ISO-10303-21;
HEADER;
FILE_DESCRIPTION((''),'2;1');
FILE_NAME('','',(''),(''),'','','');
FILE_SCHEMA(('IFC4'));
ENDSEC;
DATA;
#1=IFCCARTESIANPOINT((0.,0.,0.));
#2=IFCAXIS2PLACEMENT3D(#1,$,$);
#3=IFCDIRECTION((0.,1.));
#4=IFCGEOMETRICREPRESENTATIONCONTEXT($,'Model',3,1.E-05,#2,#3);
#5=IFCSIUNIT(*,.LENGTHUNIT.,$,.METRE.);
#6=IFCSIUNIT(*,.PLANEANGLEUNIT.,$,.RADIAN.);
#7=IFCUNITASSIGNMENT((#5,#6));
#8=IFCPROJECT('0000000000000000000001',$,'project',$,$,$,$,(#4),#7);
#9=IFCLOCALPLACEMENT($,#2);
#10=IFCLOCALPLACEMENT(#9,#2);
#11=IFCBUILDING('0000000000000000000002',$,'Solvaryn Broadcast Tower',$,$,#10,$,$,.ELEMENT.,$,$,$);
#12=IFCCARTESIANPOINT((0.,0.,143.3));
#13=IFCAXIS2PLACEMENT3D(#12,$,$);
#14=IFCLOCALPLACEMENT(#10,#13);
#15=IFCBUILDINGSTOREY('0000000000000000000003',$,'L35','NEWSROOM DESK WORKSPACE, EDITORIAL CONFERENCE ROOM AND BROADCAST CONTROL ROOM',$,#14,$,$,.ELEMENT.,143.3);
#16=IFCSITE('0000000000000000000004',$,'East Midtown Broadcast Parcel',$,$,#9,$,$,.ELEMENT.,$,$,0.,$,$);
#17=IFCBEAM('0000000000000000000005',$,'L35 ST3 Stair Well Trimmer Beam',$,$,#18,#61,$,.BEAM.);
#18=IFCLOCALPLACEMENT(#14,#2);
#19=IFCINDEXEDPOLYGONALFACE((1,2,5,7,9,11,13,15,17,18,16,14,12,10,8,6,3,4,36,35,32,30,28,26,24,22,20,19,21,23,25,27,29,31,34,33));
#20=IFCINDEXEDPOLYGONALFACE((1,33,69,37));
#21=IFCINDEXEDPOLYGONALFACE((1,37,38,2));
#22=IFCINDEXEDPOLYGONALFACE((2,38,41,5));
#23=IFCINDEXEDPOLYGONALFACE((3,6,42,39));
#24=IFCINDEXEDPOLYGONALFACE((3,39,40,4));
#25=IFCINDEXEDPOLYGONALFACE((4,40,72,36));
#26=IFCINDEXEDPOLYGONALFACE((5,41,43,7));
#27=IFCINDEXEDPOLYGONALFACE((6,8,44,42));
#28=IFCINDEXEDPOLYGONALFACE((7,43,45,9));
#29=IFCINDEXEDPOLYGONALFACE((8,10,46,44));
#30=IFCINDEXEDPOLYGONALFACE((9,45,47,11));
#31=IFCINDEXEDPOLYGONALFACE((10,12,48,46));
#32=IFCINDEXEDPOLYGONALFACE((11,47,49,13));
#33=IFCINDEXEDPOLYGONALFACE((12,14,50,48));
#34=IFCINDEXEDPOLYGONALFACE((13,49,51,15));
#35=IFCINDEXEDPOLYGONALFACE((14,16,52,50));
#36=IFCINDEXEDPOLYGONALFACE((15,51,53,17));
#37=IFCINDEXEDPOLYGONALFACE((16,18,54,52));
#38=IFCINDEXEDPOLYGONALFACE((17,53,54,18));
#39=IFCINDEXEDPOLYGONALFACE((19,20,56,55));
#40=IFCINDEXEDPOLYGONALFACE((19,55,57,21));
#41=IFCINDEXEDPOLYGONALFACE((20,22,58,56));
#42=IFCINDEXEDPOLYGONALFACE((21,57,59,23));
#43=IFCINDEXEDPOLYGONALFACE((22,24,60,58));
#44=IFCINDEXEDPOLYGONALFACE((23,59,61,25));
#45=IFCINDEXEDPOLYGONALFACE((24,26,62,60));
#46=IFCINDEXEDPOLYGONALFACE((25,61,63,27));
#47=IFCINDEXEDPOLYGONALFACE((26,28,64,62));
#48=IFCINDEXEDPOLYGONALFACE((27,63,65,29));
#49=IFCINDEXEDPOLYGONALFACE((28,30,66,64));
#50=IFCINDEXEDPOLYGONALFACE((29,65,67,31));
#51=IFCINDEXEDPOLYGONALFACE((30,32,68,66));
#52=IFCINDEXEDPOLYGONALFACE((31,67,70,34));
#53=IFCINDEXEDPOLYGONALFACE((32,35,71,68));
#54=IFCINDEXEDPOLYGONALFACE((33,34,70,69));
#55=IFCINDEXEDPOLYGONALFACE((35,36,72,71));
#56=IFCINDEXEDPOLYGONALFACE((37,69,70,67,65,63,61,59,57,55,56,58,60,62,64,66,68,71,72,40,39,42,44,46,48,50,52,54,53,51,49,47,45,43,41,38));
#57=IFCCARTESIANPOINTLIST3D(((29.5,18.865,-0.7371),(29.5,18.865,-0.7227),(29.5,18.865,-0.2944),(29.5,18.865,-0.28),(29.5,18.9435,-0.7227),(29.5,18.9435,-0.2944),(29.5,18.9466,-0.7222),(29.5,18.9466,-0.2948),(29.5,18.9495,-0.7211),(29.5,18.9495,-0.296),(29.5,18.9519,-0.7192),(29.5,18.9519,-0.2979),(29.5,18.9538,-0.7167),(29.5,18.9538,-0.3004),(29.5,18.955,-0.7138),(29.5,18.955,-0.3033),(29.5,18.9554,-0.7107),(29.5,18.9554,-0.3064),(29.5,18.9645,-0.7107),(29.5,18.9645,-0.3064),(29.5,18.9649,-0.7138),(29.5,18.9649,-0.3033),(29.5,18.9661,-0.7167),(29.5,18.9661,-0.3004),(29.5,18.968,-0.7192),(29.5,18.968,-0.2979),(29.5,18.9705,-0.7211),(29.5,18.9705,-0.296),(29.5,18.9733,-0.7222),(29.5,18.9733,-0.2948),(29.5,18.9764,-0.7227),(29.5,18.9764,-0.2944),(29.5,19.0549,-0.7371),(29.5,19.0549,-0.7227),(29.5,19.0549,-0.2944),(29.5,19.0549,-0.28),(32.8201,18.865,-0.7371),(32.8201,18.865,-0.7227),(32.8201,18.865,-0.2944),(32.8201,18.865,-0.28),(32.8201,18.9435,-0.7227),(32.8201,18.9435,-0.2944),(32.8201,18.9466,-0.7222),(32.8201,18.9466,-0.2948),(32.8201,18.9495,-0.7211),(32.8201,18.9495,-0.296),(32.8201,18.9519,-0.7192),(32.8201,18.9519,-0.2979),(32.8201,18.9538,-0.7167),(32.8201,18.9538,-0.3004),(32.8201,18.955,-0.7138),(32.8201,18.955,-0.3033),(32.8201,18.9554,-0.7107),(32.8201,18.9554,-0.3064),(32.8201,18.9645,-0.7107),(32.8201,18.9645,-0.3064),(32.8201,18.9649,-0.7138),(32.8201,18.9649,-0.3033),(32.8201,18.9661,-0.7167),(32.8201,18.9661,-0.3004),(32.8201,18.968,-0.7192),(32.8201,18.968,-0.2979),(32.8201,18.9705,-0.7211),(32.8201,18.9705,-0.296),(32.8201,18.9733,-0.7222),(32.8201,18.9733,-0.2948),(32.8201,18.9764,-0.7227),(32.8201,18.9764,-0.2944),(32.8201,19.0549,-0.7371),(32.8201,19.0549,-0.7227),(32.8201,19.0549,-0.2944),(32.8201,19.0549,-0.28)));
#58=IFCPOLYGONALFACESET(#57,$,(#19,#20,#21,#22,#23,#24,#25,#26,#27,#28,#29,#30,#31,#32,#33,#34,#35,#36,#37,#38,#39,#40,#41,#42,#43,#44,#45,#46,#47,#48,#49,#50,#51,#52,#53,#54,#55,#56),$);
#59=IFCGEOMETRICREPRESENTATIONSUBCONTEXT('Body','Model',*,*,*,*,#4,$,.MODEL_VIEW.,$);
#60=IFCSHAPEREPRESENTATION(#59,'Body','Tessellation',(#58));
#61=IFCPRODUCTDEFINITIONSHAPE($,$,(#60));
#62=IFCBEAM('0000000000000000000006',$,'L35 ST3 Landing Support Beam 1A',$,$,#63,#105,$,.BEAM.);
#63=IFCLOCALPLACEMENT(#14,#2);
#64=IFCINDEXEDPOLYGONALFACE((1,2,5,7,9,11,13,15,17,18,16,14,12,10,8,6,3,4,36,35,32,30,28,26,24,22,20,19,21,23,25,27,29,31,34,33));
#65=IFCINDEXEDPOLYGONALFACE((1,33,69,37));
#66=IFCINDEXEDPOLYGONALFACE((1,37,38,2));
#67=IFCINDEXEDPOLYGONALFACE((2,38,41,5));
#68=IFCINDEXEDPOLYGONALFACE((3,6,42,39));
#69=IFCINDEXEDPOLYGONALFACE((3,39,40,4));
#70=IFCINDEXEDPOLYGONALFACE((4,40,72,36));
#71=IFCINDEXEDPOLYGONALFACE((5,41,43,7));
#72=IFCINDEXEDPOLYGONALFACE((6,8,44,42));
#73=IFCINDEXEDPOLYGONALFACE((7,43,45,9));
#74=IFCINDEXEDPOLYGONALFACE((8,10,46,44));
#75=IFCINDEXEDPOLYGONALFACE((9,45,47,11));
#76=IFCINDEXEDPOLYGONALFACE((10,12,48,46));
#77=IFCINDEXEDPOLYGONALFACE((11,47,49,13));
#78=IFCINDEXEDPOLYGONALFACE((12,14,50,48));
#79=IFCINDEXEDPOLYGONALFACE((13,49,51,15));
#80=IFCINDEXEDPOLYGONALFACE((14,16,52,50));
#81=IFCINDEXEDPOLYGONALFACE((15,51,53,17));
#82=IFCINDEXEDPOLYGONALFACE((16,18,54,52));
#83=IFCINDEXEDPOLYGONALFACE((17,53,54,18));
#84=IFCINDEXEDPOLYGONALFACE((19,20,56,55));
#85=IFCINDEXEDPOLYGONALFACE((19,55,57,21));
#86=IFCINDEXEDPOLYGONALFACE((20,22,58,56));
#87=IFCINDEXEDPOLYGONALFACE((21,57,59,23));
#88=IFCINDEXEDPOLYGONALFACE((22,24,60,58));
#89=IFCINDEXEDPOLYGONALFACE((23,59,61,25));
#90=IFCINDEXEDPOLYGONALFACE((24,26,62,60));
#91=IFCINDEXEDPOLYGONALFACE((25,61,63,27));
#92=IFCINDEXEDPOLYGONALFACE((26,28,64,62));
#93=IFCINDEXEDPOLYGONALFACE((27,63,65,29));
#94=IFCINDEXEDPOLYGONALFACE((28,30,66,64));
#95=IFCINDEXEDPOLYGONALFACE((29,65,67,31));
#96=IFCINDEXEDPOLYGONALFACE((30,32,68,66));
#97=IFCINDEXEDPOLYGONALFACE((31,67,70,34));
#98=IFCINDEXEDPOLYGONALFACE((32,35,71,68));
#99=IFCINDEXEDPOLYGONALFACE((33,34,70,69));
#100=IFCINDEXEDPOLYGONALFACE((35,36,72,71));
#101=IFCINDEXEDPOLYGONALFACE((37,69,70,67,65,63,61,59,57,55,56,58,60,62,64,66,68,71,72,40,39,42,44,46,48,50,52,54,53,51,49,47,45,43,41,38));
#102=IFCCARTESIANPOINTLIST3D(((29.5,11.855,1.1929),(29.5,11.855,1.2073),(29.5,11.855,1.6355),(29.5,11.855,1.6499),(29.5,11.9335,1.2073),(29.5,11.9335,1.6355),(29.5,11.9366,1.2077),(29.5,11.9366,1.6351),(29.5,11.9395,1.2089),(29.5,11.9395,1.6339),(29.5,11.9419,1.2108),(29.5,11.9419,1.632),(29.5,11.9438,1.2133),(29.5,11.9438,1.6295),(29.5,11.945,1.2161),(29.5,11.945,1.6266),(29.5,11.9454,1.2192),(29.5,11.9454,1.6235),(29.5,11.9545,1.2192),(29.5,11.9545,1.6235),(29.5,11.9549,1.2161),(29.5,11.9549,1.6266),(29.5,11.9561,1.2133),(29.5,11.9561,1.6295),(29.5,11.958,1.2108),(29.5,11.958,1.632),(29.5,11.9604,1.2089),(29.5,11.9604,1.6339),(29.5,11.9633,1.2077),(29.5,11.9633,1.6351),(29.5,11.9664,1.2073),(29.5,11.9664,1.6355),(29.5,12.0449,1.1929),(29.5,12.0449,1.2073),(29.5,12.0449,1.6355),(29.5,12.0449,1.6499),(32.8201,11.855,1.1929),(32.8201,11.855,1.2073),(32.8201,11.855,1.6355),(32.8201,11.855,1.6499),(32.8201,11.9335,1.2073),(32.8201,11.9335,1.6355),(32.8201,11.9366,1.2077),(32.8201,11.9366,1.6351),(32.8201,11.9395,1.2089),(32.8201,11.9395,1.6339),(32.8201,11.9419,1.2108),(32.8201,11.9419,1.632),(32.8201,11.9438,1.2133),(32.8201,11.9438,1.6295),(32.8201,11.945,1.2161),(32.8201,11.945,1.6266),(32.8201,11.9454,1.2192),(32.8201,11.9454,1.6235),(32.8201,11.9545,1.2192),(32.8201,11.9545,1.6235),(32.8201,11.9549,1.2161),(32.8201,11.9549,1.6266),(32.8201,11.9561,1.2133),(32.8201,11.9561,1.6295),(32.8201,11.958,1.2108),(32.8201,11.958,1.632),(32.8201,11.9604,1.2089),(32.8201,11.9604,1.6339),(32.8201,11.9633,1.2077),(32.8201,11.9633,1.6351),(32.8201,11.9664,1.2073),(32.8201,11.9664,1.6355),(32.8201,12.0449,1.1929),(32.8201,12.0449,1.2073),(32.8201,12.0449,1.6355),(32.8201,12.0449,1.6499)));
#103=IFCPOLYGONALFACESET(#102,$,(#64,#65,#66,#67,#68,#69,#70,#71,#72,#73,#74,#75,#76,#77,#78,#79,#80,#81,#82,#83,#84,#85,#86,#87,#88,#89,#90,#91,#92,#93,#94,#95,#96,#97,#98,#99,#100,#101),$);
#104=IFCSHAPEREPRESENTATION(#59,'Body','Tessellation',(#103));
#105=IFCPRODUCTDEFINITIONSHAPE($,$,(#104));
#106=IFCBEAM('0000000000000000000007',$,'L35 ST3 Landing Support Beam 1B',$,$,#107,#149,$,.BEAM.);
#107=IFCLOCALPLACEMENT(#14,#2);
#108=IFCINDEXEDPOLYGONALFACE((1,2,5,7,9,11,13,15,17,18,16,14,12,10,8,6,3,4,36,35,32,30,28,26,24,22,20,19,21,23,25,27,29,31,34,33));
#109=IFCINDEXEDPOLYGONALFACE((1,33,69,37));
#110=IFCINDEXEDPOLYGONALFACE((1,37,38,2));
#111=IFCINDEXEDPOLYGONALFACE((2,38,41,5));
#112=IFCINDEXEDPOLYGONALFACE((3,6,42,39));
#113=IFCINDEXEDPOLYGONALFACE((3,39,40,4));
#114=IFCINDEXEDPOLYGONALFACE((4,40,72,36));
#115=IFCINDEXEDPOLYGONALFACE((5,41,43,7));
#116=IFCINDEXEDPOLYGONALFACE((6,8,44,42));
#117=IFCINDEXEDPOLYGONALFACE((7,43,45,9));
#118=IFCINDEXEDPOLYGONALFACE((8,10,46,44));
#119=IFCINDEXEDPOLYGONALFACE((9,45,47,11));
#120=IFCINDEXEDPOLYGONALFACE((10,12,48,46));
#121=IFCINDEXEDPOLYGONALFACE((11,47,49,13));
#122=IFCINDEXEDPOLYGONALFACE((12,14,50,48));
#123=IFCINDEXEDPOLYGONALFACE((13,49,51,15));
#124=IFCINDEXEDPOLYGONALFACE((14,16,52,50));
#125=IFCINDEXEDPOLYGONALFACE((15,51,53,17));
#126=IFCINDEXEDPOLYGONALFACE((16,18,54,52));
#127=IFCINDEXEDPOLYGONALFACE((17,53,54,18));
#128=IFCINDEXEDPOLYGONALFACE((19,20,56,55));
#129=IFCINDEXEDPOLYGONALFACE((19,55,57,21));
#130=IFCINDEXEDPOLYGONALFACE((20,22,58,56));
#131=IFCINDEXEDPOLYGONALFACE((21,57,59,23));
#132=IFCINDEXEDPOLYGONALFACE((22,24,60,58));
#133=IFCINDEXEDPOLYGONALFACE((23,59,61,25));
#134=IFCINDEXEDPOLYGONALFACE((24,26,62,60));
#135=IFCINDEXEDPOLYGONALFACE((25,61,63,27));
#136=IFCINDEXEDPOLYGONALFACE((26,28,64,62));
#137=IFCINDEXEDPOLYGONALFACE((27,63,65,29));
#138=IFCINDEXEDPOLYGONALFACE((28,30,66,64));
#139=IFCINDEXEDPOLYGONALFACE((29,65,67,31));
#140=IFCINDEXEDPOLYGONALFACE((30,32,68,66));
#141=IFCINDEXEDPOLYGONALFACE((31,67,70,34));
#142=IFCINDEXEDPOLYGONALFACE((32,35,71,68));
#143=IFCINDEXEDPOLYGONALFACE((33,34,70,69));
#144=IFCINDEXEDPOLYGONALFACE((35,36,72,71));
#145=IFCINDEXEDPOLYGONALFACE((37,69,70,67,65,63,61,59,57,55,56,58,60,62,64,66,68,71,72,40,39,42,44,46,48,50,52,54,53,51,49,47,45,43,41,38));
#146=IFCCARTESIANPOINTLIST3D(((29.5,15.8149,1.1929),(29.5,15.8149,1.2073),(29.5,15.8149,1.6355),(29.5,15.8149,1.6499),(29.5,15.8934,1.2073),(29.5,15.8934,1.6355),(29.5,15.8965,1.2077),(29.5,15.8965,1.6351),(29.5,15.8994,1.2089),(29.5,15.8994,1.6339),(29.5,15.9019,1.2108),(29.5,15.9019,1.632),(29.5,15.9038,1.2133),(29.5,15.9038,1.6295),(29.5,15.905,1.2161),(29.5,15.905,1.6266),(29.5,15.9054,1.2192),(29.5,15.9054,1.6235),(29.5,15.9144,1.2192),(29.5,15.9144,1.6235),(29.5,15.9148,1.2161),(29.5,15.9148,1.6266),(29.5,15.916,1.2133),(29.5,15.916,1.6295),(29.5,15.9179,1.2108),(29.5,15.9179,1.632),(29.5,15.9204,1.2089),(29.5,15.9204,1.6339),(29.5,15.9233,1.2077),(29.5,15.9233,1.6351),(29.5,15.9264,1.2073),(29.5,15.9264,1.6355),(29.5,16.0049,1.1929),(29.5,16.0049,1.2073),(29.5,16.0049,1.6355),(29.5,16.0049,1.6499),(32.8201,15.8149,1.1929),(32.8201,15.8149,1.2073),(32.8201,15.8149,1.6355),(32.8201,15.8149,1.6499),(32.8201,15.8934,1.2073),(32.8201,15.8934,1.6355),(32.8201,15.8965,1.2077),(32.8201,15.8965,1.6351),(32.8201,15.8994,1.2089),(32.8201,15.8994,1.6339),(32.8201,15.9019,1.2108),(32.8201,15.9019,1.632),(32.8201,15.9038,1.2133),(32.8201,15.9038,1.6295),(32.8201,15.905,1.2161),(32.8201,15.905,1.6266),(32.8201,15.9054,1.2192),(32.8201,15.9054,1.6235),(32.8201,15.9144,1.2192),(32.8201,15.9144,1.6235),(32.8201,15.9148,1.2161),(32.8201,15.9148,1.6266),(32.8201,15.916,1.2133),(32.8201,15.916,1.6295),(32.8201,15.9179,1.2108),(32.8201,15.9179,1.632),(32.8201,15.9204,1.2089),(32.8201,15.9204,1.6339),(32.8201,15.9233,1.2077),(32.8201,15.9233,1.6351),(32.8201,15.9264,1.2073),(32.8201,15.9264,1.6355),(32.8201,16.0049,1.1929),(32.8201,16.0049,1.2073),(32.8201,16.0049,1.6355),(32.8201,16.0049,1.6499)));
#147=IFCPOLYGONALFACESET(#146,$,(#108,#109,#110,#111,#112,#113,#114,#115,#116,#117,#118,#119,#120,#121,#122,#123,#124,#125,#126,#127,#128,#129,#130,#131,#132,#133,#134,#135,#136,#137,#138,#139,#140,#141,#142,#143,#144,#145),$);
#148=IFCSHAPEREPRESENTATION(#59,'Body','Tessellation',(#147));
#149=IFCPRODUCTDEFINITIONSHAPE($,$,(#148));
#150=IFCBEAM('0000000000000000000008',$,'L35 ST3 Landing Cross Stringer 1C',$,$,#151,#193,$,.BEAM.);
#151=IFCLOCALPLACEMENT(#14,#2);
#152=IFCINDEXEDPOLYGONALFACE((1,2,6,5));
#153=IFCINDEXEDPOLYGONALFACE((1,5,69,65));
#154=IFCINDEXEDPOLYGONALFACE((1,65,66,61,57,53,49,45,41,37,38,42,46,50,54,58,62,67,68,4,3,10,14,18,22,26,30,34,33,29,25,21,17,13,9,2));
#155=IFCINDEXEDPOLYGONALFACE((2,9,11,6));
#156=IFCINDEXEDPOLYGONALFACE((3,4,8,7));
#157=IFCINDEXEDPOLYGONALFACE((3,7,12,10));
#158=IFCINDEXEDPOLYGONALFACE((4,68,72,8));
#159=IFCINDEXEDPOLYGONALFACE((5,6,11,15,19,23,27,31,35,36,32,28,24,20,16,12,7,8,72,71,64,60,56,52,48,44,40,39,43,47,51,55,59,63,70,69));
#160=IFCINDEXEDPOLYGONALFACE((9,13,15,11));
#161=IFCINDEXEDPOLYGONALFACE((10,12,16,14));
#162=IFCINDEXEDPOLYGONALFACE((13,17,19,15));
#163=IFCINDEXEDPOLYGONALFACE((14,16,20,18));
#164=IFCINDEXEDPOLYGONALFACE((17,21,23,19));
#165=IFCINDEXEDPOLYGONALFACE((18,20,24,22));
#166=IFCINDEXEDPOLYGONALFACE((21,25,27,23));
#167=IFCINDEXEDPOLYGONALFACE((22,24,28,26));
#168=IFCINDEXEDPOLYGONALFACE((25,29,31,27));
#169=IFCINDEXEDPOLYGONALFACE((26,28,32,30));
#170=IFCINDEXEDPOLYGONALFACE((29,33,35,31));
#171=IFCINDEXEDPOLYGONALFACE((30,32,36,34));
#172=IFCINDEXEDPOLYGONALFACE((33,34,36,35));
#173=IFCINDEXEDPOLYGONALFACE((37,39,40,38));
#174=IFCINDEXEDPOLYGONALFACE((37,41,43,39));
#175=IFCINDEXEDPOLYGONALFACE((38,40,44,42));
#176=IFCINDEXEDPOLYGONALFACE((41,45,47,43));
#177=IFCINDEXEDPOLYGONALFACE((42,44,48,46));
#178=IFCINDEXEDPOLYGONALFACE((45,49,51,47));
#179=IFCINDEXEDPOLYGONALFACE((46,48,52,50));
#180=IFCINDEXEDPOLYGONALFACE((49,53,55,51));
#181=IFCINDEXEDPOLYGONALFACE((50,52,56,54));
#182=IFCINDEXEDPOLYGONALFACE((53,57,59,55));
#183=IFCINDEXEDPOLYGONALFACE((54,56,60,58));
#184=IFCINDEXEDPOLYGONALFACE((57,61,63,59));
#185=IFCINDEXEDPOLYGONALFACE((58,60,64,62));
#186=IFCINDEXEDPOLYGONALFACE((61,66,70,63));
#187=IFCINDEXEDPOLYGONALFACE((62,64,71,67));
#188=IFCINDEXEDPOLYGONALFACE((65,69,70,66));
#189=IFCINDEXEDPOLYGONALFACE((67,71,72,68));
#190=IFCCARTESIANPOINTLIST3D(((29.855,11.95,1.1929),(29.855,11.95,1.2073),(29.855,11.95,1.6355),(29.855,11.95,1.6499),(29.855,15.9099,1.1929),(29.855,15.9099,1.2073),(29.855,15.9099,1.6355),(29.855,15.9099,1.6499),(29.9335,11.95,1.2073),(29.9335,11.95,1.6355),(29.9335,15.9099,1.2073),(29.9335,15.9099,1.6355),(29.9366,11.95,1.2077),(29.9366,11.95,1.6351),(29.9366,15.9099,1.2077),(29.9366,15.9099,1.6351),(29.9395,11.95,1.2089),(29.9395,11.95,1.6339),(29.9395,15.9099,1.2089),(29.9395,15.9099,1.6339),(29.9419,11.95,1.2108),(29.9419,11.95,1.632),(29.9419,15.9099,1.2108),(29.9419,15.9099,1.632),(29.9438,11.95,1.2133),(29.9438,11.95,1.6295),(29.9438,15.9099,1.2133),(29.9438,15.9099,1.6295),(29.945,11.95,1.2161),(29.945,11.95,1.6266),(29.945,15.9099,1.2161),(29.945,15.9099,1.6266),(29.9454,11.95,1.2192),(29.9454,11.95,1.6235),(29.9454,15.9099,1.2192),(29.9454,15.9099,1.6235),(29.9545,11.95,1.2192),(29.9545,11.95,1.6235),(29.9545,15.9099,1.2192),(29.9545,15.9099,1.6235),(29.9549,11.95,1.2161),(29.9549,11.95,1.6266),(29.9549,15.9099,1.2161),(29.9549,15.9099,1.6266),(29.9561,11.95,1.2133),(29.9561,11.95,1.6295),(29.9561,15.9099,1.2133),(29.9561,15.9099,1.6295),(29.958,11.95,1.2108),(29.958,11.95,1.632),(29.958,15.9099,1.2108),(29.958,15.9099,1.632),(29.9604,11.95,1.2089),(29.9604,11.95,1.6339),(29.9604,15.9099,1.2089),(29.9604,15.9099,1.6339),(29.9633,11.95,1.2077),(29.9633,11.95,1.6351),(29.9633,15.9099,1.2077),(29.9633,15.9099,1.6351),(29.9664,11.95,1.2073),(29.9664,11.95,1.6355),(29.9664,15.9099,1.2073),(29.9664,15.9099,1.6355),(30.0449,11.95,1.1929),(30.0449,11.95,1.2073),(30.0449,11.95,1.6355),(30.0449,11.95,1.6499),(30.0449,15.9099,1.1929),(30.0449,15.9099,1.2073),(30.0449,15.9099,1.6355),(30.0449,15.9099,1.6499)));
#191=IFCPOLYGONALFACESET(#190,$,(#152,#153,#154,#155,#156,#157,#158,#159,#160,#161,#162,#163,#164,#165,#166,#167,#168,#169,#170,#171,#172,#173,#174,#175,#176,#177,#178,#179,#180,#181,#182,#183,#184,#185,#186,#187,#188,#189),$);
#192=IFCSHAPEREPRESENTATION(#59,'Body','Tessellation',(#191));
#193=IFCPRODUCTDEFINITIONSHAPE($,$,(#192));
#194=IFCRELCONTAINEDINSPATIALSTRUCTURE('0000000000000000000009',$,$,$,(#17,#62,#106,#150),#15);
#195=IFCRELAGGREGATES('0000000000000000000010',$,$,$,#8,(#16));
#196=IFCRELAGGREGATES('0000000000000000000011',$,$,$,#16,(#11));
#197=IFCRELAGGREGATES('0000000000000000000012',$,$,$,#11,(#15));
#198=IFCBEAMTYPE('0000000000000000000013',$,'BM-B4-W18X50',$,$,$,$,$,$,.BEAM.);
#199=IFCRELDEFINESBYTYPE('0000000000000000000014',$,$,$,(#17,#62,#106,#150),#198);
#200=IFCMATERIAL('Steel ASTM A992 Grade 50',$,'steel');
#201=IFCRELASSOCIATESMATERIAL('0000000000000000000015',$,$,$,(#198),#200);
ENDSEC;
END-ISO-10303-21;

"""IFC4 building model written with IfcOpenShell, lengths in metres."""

from ifc_helpers import new_model, si_unit, direction, frame, origin, origin_2d, place, context, subcontext, project, spatial, i_section, extrude, material, material_profile, profile_set, type_object, element, save


model = new_model("IFC4")

# Units and contexts
model_context = context("Model", 3, precision=1e-05, world=origin(), true_north=direction((0.0, 1.0)))
body_context = subcontext(model_context, "Body", "Model", "MODEL_VIEW")
ifc_project = project(units=[si_unit("LENGTHUNIT", "METRE"), si_unit("PLANEANGLEUNIT", "RADIAN")], contexts=[model_context])

# Site, building, storey
site_placement = place(None, origin())
site = spatial("IfcSite", under=ifc_project, at=site_placement, Name="East Midtown Broadcast Parcel", CompositionType="ELEMENT", RefElevation=0.0)
building_placement = place(site_placement, origin())
building = spatial("IfcBuilding", under=site, at=building_placement, Name="Solvaryn Broadcast Tower", CompositionType="ELEMENT")
storey_placement = place(building_placement, frame((0.0, 0.0, 143.3)))
storey = spatial("IfcBuildingStorey", under=building, at=storey_placement, Name="L35", Description="NEWSROOM DESK WORKSPACE, EDITORIAL CONFERENCE ROOM AND BROADCAST CONTROL ROOM", CompositionType="ELEMENT", Elevation=143.3)

# Beams
ifc_material_1 = material(Name="Steel ASTM A992 Grade 50", Category="steel")
ifc_material_profile_1 = material_profile(ifc_material_1, i_section(OverallWidth=0.1899, OverallDepth=0.457, WebThickness=0.009, FlangeThickness=0.0144, FilletRadius=0.012, at=origin_2d()))
ifc_profile_set_1 = profile_set([ifc_material_profile_1], Name="Steel ASTM A992 Grade 50")
beam_type_1 = type_object("IfcBeamType", Name="BM-B4-W18X50", PredefinedType="BEAM", material=ifc_profile_set_1)
for number, where, z_axis, x_axis, name in (
    (1, (29.5, 18.96, -0.5085), (1.0, 0.0, 0.0), (0.0, 1.0, 0.0), "L35 ST3 Stair Well Trimmer Beam"),
    (2, (29.5, 11.95, 1.4214), (1.0, 0.0, 0.0), (0.0, 1.0, 0.0), "L35 ST3 Landing Support Beam 1A"),
    (3, (29.5, 15.9099, 1.4214), (1.0, 0.0, 0.0), (0.0, 1.0, 0.0), "L35 ST3 Landing Support Beam 1B"),
):
    element("IfcBeam", number, at=place(storey_placement, frame(where, z_axis=z_axis, x_axis=x_axis)), inside=storey, type_object=beam_type_1, Name=name, PredefinedType="BEAM", context=body_context, shape_type="SweptSolid", body=[
        extrude(i_section(OverallWidth=0.1899, OverallDepth=0.457, WebThickness=0.009, FlangeThickness=0.0144, FilletRadius=0.012, at=origin_2d()), origin(), (0.0, 0.0, 1.0), 3.3201),
    ])
beam_1_placement = place(storey_placement, frame((29.95, 11.95, 1.4214), z_axis=(0.0, 1.0, 0.0), x_axis=(-1.0, 0.0, 0.0)))
element("IfcBeam", 4, at=beam_1_placement, inside=storey, type_object=beam_type_1, Name="L35 ST3 Landing Cross Stringer 1C", PredefinedType="BEAM", context=body_context, shape_type="SweptSolid", body=[
    extrude(i_section(OverallWidth=0.1899, OverallDepth=0.457, WebThickness=0.009, FlangeThickness=0.0144, FilletRadius=0.012, at=origin_2d()), origin(), (0.0, 0.0, 1.0), 3.96),
])

save(model, "model.ifc")
